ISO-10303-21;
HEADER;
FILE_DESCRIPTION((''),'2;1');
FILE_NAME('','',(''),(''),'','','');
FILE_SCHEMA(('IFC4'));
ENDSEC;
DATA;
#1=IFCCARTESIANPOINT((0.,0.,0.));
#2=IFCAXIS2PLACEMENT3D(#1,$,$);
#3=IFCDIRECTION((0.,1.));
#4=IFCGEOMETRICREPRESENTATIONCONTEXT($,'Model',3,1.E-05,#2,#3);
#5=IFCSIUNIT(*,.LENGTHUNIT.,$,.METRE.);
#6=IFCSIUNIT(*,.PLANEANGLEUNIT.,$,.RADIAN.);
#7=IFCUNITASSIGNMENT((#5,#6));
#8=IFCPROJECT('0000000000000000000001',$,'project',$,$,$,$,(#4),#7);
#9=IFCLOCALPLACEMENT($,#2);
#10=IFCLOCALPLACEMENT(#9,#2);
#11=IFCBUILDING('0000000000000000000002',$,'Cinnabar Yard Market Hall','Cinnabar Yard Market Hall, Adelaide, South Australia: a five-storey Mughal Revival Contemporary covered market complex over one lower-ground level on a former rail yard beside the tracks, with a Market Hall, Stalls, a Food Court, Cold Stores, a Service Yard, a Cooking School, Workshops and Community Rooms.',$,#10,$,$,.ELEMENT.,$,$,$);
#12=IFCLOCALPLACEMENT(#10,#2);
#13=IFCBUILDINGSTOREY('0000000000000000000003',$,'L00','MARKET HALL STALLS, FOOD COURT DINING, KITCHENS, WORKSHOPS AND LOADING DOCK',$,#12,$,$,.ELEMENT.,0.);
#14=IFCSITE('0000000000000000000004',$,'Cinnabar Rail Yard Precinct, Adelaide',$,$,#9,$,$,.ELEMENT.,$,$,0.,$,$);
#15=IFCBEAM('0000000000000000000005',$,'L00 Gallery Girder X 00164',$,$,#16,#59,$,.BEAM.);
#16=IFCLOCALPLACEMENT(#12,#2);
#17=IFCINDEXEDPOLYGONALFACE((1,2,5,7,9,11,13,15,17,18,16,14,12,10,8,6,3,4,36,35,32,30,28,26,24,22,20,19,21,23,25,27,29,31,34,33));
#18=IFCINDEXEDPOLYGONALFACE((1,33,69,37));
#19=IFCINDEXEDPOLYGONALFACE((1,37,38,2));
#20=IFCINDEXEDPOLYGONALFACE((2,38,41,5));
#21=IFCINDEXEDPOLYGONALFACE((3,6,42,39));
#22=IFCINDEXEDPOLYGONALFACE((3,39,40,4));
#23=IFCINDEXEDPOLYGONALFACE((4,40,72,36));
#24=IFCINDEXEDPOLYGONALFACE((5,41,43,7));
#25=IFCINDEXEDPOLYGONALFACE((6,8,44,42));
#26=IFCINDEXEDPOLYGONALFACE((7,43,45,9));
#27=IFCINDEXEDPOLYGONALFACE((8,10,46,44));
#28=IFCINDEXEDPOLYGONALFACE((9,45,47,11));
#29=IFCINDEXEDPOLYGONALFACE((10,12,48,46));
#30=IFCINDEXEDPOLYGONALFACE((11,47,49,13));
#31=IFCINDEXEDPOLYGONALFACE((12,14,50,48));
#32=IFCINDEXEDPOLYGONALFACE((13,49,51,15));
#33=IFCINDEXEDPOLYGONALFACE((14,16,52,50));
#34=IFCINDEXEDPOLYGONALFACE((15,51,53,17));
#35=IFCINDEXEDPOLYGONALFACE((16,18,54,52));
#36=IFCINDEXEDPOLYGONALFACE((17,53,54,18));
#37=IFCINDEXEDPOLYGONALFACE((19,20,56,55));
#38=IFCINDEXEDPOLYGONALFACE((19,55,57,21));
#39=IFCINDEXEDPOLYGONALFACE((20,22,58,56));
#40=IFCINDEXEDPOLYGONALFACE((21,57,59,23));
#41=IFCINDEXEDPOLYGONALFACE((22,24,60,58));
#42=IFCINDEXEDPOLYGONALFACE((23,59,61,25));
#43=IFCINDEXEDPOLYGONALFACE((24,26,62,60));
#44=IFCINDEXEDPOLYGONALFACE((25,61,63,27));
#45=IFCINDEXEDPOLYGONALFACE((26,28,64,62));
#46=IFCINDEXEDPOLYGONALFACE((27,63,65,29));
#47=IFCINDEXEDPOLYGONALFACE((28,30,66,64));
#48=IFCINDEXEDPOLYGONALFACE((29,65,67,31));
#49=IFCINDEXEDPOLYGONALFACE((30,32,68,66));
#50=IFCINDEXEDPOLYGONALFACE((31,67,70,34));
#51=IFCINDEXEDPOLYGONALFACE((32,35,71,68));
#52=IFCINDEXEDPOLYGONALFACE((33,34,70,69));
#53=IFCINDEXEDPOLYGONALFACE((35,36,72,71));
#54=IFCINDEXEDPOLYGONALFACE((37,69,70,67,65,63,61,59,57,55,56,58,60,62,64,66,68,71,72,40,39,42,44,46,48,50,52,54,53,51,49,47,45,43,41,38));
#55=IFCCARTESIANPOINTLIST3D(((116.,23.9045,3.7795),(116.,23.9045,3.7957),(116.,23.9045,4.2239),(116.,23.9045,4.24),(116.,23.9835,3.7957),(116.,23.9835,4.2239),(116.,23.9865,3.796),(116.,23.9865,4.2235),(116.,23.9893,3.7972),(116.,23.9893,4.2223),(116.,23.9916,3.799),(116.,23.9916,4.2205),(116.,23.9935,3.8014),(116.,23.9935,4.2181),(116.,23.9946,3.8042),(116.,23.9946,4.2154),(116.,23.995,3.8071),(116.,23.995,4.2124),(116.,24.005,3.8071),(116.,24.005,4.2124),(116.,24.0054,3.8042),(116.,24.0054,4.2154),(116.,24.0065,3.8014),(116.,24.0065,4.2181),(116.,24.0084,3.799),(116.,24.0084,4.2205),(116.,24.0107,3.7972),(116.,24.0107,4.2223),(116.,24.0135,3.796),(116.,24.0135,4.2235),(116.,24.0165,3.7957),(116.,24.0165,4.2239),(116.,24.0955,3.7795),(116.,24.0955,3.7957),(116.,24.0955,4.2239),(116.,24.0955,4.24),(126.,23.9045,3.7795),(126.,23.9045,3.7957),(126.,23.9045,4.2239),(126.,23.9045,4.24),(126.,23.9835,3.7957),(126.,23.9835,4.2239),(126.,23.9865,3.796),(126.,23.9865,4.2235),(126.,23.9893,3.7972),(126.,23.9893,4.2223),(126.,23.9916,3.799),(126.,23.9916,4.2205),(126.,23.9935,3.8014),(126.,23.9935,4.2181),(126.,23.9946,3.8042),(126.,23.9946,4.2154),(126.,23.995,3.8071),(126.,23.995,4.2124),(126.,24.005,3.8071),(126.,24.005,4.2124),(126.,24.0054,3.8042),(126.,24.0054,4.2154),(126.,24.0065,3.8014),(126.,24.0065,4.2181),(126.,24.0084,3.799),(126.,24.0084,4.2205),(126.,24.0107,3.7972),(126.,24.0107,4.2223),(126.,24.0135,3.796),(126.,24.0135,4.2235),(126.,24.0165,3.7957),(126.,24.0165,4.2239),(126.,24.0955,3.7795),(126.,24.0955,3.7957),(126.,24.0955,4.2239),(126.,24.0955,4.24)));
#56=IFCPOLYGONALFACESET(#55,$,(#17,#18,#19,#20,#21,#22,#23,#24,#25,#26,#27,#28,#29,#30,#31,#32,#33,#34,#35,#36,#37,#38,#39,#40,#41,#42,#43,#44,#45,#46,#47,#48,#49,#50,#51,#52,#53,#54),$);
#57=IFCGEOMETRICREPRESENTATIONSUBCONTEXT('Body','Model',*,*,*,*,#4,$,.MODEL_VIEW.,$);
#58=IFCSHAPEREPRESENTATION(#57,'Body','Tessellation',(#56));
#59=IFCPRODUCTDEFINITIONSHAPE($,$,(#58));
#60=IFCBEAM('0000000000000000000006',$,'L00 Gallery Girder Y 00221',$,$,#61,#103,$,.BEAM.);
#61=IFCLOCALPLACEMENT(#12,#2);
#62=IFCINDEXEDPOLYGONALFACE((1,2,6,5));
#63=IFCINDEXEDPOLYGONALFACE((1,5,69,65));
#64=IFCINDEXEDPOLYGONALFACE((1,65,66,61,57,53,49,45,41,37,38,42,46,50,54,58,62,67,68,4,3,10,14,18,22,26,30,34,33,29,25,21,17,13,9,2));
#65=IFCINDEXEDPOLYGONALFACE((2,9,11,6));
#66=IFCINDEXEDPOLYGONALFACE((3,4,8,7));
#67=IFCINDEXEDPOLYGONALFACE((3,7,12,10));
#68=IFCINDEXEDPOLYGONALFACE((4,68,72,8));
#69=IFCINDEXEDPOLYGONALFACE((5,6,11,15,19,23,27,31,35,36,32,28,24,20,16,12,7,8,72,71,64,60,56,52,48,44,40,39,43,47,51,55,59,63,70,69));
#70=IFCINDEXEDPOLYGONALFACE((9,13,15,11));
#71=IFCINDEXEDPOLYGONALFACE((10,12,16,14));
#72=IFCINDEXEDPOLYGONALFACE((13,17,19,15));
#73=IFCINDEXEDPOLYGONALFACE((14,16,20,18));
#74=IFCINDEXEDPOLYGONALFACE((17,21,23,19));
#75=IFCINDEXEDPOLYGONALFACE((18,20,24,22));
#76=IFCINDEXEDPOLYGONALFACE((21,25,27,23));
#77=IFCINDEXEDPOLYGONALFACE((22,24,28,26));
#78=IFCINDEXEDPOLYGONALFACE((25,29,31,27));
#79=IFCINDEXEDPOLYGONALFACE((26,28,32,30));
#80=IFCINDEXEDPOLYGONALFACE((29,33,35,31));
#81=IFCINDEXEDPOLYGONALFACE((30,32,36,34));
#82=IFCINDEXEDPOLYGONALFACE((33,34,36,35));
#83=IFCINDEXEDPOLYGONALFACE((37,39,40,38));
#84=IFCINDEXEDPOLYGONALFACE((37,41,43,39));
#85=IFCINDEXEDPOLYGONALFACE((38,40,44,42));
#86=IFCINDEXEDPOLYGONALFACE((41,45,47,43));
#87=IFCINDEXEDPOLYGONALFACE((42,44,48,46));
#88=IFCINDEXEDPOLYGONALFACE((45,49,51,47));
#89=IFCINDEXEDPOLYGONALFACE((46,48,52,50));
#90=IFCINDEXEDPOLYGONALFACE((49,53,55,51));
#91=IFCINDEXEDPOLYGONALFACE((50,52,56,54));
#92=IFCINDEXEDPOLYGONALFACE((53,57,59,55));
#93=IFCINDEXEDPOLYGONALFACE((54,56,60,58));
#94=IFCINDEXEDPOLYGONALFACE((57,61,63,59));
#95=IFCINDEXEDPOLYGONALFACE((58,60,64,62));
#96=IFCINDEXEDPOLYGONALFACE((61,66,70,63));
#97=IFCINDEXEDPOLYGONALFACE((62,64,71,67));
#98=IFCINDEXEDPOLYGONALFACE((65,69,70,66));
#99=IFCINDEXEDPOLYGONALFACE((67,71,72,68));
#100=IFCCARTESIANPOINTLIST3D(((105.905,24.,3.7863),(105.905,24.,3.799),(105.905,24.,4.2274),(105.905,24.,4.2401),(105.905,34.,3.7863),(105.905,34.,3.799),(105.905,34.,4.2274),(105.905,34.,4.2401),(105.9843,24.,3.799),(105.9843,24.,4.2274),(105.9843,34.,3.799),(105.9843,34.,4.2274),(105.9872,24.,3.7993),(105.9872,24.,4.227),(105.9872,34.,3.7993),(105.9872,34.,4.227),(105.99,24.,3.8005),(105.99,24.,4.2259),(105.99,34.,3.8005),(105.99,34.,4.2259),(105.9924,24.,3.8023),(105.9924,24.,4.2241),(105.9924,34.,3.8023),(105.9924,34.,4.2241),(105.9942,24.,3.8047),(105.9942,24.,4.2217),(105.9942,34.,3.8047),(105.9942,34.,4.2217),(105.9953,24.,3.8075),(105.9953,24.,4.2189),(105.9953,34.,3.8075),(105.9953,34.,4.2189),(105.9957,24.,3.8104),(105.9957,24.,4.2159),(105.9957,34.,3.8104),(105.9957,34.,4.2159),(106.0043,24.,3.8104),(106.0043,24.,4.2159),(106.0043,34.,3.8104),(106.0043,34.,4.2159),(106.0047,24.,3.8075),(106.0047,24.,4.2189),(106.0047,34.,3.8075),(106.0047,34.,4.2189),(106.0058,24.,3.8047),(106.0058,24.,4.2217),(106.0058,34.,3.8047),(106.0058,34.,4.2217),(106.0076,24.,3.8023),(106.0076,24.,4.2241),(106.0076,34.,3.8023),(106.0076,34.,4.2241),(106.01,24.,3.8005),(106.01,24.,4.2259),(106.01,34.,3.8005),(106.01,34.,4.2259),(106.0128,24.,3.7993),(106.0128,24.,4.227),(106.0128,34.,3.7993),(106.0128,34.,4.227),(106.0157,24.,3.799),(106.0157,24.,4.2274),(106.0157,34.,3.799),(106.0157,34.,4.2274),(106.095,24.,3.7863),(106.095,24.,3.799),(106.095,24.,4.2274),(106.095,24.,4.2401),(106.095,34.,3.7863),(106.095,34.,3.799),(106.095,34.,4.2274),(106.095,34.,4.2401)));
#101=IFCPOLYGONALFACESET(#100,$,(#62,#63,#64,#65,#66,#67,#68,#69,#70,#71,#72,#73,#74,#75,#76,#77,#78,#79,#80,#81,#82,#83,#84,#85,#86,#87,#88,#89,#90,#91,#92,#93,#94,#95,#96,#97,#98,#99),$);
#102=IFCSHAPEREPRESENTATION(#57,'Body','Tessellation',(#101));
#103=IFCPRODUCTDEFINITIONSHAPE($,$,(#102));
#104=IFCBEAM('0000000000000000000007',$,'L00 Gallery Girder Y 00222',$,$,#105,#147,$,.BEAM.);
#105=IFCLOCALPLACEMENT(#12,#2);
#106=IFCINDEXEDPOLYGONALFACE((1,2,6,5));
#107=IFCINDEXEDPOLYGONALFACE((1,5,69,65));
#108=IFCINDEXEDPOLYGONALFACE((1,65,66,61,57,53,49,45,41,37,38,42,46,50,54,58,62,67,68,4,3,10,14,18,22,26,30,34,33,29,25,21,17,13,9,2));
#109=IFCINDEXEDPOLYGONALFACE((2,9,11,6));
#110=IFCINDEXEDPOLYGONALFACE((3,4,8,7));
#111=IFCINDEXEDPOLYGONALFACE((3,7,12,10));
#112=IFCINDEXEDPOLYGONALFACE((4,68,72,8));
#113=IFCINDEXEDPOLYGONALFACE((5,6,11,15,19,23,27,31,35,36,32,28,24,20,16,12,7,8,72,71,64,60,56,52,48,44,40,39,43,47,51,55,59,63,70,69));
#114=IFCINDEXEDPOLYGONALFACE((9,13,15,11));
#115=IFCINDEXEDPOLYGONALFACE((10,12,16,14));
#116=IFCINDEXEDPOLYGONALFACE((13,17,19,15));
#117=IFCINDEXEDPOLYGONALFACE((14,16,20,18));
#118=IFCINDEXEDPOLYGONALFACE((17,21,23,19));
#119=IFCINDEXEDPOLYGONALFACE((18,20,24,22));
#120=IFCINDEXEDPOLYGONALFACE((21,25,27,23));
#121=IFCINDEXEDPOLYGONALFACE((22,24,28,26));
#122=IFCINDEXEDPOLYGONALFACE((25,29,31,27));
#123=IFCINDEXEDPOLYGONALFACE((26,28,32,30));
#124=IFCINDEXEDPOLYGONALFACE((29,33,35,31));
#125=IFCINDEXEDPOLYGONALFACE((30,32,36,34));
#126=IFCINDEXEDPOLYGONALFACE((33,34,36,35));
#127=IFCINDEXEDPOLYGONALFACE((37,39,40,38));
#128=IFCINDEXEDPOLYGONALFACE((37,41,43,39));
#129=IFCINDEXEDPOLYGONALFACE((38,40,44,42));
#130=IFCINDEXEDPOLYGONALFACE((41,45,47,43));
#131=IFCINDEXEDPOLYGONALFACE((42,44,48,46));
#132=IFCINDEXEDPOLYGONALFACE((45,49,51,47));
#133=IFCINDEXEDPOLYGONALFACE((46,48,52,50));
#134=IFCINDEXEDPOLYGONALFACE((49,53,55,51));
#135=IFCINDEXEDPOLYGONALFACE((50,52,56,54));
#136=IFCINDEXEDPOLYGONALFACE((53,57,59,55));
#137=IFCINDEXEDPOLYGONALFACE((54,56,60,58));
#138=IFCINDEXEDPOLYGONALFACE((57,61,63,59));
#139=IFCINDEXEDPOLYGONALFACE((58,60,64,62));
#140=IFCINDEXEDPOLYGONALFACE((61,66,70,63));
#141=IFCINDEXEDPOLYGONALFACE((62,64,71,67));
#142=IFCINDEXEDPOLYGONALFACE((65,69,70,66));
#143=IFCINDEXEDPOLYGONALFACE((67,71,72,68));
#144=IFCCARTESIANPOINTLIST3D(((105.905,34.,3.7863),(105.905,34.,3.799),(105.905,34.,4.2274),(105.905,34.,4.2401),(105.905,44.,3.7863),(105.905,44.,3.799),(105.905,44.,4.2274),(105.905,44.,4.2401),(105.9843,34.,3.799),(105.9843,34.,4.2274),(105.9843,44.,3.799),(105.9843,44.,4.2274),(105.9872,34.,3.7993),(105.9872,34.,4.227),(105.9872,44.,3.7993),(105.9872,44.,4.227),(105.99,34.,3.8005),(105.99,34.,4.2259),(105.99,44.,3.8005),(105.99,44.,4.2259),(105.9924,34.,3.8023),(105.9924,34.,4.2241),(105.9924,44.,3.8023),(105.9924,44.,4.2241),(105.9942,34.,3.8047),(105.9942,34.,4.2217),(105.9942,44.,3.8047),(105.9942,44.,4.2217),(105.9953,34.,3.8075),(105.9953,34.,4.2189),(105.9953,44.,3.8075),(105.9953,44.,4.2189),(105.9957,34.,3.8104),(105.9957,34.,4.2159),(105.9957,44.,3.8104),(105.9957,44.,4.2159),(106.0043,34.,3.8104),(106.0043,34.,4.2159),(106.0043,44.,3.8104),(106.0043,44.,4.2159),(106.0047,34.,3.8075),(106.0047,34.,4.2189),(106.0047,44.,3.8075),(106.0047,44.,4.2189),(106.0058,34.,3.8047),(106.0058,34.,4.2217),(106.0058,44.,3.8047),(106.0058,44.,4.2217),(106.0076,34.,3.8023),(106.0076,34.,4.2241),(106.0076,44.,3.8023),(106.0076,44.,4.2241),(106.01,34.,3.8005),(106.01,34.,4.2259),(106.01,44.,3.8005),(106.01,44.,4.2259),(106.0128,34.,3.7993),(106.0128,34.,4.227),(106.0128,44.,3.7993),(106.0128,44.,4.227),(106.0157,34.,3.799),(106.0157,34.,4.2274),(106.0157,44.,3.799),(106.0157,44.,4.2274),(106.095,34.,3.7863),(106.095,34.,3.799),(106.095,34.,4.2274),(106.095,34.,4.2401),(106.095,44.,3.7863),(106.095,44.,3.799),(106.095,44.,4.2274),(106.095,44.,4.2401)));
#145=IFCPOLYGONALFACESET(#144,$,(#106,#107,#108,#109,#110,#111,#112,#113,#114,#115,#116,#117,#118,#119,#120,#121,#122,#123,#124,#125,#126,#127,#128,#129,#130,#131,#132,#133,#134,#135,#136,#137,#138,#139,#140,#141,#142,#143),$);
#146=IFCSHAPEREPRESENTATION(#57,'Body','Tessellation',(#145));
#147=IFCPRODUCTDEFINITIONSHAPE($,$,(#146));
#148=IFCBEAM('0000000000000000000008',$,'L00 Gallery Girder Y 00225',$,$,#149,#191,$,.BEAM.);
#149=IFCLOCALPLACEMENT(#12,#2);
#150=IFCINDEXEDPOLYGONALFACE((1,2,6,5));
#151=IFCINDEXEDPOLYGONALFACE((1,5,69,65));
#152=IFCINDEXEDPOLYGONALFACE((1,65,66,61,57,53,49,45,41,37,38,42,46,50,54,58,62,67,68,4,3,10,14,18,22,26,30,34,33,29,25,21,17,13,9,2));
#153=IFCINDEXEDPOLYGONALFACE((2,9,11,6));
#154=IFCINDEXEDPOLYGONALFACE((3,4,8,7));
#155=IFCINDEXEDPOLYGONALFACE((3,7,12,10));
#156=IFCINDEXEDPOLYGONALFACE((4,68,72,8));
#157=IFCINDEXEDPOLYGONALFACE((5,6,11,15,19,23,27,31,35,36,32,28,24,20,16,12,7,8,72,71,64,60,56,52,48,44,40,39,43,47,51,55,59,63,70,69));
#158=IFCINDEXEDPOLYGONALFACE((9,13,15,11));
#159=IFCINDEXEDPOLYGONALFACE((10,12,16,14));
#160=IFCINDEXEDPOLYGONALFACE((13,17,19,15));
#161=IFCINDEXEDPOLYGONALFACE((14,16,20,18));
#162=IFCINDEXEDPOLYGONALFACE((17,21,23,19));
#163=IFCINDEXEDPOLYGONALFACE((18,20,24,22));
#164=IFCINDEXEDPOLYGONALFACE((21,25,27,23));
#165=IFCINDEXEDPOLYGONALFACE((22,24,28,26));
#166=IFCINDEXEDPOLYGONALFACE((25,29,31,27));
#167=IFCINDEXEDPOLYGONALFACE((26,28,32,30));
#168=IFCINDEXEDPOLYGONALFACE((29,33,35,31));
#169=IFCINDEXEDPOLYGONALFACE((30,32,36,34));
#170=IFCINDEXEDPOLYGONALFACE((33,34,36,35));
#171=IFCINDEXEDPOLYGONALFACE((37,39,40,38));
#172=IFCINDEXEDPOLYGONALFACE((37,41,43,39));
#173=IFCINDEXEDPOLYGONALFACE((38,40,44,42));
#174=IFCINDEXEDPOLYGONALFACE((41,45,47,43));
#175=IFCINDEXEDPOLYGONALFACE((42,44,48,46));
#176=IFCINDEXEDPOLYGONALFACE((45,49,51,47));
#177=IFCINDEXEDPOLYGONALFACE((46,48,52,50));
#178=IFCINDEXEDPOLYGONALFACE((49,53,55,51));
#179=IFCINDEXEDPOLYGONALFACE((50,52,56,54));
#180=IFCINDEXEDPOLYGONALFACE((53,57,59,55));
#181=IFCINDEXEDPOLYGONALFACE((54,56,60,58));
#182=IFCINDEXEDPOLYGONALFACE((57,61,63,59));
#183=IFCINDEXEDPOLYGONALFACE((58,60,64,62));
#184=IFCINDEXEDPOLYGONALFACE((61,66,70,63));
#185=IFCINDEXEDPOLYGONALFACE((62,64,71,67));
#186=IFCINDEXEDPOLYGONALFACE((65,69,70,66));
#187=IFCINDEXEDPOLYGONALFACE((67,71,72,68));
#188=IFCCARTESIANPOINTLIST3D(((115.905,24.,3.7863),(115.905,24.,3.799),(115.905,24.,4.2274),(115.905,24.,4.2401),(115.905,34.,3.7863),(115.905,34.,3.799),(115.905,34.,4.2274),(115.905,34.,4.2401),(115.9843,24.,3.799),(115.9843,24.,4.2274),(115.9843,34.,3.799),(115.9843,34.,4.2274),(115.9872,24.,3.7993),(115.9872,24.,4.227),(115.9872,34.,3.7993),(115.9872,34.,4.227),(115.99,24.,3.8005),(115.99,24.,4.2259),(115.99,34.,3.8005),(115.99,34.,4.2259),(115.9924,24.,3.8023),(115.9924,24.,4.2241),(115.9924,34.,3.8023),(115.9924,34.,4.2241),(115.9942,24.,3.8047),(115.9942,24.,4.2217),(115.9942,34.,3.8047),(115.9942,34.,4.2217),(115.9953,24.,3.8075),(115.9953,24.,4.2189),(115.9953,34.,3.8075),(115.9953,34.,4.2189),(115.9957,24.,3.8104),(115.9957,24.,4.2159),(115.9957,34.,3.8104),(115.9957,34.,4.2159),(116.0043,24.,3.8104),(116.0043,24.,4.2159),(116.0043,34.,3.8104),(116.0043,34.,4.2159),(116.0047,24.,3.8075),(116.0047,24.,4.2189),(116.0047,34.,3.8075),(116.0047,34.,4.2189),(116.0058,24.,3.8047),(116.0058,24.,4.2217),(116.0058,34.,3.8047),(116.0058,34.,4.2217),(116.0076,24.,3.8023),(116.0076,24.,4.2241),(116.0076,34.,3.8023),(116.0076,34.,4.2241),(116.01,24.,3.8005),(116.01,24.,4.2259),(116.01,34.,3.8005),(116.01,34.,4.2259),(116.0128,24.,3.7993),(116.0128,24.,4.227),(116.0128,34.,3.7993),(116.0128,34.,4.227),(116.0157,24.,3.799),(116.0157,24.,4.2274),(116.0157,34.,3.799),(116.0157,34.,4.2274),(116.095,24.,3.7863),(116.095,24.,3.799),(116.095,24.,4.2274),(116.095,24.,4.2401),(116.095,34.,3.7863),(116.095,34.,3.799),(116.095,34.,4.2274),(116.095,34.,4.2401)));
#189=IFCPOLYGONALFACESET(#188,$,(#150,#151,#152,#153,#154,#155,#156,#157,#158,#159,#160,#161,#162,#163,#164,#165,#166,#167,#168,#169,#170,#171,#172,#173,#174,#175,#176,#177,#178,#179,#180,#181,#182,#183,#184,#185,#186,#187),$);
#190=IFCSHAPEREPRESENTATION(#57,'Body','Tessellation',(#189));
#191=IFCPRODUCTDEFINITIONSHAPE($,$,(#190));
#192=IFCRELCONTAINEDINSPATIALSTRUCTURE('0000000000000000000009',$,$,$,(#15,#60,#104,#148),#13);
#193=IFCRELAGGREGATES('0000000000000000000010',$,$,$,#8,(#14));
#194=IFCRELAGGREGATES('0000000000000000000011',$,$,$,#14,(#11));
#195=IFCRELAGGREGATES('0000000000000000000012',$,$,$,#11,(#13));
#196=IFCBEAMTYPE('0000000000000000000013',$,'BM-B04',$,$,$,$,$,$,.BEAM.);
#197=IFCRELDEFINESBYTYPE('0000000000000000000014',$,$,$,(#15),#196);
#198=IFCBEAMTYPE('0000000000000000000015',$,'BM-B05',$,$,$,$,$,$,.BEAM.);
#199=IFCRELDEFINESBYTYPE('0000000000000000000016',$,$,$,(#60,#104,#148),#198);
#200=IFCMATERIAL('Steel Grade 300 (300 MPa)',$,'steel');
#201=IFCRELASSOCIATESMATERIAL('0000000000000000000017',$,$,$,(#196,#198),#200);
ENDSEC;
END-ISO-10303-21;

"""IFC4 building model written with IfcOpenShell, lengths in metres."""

from ifc_helpers import new_model, si_unit, direction, frame, origin, origin_2d_with_axis, place, context, subcontext, project, spatial, i_section, extrude, material, material_profile, profile_set, type_object, element, save


model = new_model("IFC4")

# Units and contexts
model_context = context("Model", 3, precision=1e-05, world=origin(), true_north=direction((0.0, 1.0)))
body_context = subcontext(model_context, "Body", "Model", "MODEL_VIEW")
ifc_project = project(units=[si_unit("LENGTHUNIT", "METRE"), si_unit("PLANEANGLEUNIT", "RADIAN")], contexts=[model_context])

# Site, building, storey
site_placement = place(None, origin())
site = spatial("IfcSite", under=ifc_project, at=site_placement, Name="Cinnabar Rail Yard Precinct, Adelaide", CompositionType="ELEMENT", RefElevation=0.0)
building_placement = place(site_placement, origin())
building = spatial("IfcBuilding", under=site, at=building_placement, Name="Cinnabar Yard Market Hall", Description="Cinnabar Yard Market Hall, Adelaide, South Australia: a five-storey Mughal Revival Contemporary covered market complex over one lower-ground level on a former rail yard beside the tracks, with a Market Hall, Stalls, a Food Court, Cold Stores, a Service Yard, a Cooking School, Workshops and Community Rooms.", CompositionType="ELEMENT")
storey_placement = place(building_placement, origin())
storey = spatial("IfcBuildingStorey", under=building, at=storey_placement, Name="L00", Description="MARKET HALL STALLS, FOOD COURT DINING, KITCHENS, WORKSHOPS AND LOADING DOCK", CompositionType="ELEMENT", Elevation=0.0)

# Beams
ifc_material_1 = material(Name="Steel Grade 300 (300 MPa)", Category="steel")
ifc_material_profile_1 = material_profile(ifc_material_1, i_section(OverallWidth=0.1909, OverallDepth=0.4604, WebThickness=0.01, FlangeThickness=0.0161, FilletRadius=0.0115, at=origin_2d_with_axis()), Name="460UB82.1")
ifc_profile_set_1 = profile_set([ifc_material_profile_1], Name="Steel Grade 300 (300 MPa)")
beam_type_1 = type_object("IfcBeamType", Name="BM-B04", PredefinedType="BEAM", material=ifc_profile_set_1)
for number, where, z_axis, x_axis, name in (
    (1, (116.0, 24.0, 4.0098), (1.0, 0.0, 0.0), (0.0, 1.0, 0.0), "L00 Gallery Girder X 00164"),
):
    element("IfcBeam", number, at=place(storey_placement, frame(where, z_axis=z_axis, x_axis=x_axis)), inside=storey, type_object=beam_type_1, Name=name, PredefinedType="BEAM", context=body_context, shape_type="SweptSolid", body=[
        extrude(i_section(OverallWidth=0.1909, OverallDepth=0.4604, WebThickness=0.01, FlangeThickness=0.0161, FilletRadius=0.0115, at=origin_2d_with_axis()), origin(), (0.0, 0.0, 1.0), 10.0),
    ])
ifc_material_profile_2 = material_profile(ifc_material_1, i_section(OverallWidth=0.1899, OverallDepth=0.4539, WebThickness=0.0085, FlangeThickness=0.0127, FilletRadius=0.0115, at=origin_2d_with_axis()), Name="460UB67.1")
ifc_profile_set_2 = profile_set([ifc_material_profile_2], Name="Steel Grade 300 (300 MPa)")
beam_type_2 = type_object("IfcBeamType", Name="BM-B05", PredefinedType="BEAM", material=ifc_profile_set_2)
for number, where, z_axis, x_axis, name in (
    (2, (106.0, 24.0, 4.0132), (0.0, 1.0, 0.0), (-1.0, 0.0, 0.0), "L00 Gallery Girder Y 00221"),
    (3, (106.0, 34.0, 4.0132), (0.0, 1.0, 0.0), (-1.0, 0.0, 0.0), "L00 Gallery Girder Y 00222"),
    (4, (116.0, 24.0, 4.0132), (0.0, 1.0, 0.0), (-1.0, 0.0, 0.0), "L00 Gallery Girder Y 00225"),
):
    element("IfcBeam", number, at=place(storey_placement, frame(where, z_axis=z_axis, x_axis=x_axis)), inside=storey, type_object=beam_type_2, Name=name, PredefinedType="BEAM", context=body_context, shape_type="SweptSolid", body=[
        extrude(i_section(OverallWidth=0.1899, OverallDepth=0.4539, WebThickness=0.0085, FlangeThickness=0.0127, FilletRadius=0.0115, at=origin_2d_with_axis()), origin(), (0.0, 0.0, 1.0), 10.0),
    ])

save(model, "model.ifc")
